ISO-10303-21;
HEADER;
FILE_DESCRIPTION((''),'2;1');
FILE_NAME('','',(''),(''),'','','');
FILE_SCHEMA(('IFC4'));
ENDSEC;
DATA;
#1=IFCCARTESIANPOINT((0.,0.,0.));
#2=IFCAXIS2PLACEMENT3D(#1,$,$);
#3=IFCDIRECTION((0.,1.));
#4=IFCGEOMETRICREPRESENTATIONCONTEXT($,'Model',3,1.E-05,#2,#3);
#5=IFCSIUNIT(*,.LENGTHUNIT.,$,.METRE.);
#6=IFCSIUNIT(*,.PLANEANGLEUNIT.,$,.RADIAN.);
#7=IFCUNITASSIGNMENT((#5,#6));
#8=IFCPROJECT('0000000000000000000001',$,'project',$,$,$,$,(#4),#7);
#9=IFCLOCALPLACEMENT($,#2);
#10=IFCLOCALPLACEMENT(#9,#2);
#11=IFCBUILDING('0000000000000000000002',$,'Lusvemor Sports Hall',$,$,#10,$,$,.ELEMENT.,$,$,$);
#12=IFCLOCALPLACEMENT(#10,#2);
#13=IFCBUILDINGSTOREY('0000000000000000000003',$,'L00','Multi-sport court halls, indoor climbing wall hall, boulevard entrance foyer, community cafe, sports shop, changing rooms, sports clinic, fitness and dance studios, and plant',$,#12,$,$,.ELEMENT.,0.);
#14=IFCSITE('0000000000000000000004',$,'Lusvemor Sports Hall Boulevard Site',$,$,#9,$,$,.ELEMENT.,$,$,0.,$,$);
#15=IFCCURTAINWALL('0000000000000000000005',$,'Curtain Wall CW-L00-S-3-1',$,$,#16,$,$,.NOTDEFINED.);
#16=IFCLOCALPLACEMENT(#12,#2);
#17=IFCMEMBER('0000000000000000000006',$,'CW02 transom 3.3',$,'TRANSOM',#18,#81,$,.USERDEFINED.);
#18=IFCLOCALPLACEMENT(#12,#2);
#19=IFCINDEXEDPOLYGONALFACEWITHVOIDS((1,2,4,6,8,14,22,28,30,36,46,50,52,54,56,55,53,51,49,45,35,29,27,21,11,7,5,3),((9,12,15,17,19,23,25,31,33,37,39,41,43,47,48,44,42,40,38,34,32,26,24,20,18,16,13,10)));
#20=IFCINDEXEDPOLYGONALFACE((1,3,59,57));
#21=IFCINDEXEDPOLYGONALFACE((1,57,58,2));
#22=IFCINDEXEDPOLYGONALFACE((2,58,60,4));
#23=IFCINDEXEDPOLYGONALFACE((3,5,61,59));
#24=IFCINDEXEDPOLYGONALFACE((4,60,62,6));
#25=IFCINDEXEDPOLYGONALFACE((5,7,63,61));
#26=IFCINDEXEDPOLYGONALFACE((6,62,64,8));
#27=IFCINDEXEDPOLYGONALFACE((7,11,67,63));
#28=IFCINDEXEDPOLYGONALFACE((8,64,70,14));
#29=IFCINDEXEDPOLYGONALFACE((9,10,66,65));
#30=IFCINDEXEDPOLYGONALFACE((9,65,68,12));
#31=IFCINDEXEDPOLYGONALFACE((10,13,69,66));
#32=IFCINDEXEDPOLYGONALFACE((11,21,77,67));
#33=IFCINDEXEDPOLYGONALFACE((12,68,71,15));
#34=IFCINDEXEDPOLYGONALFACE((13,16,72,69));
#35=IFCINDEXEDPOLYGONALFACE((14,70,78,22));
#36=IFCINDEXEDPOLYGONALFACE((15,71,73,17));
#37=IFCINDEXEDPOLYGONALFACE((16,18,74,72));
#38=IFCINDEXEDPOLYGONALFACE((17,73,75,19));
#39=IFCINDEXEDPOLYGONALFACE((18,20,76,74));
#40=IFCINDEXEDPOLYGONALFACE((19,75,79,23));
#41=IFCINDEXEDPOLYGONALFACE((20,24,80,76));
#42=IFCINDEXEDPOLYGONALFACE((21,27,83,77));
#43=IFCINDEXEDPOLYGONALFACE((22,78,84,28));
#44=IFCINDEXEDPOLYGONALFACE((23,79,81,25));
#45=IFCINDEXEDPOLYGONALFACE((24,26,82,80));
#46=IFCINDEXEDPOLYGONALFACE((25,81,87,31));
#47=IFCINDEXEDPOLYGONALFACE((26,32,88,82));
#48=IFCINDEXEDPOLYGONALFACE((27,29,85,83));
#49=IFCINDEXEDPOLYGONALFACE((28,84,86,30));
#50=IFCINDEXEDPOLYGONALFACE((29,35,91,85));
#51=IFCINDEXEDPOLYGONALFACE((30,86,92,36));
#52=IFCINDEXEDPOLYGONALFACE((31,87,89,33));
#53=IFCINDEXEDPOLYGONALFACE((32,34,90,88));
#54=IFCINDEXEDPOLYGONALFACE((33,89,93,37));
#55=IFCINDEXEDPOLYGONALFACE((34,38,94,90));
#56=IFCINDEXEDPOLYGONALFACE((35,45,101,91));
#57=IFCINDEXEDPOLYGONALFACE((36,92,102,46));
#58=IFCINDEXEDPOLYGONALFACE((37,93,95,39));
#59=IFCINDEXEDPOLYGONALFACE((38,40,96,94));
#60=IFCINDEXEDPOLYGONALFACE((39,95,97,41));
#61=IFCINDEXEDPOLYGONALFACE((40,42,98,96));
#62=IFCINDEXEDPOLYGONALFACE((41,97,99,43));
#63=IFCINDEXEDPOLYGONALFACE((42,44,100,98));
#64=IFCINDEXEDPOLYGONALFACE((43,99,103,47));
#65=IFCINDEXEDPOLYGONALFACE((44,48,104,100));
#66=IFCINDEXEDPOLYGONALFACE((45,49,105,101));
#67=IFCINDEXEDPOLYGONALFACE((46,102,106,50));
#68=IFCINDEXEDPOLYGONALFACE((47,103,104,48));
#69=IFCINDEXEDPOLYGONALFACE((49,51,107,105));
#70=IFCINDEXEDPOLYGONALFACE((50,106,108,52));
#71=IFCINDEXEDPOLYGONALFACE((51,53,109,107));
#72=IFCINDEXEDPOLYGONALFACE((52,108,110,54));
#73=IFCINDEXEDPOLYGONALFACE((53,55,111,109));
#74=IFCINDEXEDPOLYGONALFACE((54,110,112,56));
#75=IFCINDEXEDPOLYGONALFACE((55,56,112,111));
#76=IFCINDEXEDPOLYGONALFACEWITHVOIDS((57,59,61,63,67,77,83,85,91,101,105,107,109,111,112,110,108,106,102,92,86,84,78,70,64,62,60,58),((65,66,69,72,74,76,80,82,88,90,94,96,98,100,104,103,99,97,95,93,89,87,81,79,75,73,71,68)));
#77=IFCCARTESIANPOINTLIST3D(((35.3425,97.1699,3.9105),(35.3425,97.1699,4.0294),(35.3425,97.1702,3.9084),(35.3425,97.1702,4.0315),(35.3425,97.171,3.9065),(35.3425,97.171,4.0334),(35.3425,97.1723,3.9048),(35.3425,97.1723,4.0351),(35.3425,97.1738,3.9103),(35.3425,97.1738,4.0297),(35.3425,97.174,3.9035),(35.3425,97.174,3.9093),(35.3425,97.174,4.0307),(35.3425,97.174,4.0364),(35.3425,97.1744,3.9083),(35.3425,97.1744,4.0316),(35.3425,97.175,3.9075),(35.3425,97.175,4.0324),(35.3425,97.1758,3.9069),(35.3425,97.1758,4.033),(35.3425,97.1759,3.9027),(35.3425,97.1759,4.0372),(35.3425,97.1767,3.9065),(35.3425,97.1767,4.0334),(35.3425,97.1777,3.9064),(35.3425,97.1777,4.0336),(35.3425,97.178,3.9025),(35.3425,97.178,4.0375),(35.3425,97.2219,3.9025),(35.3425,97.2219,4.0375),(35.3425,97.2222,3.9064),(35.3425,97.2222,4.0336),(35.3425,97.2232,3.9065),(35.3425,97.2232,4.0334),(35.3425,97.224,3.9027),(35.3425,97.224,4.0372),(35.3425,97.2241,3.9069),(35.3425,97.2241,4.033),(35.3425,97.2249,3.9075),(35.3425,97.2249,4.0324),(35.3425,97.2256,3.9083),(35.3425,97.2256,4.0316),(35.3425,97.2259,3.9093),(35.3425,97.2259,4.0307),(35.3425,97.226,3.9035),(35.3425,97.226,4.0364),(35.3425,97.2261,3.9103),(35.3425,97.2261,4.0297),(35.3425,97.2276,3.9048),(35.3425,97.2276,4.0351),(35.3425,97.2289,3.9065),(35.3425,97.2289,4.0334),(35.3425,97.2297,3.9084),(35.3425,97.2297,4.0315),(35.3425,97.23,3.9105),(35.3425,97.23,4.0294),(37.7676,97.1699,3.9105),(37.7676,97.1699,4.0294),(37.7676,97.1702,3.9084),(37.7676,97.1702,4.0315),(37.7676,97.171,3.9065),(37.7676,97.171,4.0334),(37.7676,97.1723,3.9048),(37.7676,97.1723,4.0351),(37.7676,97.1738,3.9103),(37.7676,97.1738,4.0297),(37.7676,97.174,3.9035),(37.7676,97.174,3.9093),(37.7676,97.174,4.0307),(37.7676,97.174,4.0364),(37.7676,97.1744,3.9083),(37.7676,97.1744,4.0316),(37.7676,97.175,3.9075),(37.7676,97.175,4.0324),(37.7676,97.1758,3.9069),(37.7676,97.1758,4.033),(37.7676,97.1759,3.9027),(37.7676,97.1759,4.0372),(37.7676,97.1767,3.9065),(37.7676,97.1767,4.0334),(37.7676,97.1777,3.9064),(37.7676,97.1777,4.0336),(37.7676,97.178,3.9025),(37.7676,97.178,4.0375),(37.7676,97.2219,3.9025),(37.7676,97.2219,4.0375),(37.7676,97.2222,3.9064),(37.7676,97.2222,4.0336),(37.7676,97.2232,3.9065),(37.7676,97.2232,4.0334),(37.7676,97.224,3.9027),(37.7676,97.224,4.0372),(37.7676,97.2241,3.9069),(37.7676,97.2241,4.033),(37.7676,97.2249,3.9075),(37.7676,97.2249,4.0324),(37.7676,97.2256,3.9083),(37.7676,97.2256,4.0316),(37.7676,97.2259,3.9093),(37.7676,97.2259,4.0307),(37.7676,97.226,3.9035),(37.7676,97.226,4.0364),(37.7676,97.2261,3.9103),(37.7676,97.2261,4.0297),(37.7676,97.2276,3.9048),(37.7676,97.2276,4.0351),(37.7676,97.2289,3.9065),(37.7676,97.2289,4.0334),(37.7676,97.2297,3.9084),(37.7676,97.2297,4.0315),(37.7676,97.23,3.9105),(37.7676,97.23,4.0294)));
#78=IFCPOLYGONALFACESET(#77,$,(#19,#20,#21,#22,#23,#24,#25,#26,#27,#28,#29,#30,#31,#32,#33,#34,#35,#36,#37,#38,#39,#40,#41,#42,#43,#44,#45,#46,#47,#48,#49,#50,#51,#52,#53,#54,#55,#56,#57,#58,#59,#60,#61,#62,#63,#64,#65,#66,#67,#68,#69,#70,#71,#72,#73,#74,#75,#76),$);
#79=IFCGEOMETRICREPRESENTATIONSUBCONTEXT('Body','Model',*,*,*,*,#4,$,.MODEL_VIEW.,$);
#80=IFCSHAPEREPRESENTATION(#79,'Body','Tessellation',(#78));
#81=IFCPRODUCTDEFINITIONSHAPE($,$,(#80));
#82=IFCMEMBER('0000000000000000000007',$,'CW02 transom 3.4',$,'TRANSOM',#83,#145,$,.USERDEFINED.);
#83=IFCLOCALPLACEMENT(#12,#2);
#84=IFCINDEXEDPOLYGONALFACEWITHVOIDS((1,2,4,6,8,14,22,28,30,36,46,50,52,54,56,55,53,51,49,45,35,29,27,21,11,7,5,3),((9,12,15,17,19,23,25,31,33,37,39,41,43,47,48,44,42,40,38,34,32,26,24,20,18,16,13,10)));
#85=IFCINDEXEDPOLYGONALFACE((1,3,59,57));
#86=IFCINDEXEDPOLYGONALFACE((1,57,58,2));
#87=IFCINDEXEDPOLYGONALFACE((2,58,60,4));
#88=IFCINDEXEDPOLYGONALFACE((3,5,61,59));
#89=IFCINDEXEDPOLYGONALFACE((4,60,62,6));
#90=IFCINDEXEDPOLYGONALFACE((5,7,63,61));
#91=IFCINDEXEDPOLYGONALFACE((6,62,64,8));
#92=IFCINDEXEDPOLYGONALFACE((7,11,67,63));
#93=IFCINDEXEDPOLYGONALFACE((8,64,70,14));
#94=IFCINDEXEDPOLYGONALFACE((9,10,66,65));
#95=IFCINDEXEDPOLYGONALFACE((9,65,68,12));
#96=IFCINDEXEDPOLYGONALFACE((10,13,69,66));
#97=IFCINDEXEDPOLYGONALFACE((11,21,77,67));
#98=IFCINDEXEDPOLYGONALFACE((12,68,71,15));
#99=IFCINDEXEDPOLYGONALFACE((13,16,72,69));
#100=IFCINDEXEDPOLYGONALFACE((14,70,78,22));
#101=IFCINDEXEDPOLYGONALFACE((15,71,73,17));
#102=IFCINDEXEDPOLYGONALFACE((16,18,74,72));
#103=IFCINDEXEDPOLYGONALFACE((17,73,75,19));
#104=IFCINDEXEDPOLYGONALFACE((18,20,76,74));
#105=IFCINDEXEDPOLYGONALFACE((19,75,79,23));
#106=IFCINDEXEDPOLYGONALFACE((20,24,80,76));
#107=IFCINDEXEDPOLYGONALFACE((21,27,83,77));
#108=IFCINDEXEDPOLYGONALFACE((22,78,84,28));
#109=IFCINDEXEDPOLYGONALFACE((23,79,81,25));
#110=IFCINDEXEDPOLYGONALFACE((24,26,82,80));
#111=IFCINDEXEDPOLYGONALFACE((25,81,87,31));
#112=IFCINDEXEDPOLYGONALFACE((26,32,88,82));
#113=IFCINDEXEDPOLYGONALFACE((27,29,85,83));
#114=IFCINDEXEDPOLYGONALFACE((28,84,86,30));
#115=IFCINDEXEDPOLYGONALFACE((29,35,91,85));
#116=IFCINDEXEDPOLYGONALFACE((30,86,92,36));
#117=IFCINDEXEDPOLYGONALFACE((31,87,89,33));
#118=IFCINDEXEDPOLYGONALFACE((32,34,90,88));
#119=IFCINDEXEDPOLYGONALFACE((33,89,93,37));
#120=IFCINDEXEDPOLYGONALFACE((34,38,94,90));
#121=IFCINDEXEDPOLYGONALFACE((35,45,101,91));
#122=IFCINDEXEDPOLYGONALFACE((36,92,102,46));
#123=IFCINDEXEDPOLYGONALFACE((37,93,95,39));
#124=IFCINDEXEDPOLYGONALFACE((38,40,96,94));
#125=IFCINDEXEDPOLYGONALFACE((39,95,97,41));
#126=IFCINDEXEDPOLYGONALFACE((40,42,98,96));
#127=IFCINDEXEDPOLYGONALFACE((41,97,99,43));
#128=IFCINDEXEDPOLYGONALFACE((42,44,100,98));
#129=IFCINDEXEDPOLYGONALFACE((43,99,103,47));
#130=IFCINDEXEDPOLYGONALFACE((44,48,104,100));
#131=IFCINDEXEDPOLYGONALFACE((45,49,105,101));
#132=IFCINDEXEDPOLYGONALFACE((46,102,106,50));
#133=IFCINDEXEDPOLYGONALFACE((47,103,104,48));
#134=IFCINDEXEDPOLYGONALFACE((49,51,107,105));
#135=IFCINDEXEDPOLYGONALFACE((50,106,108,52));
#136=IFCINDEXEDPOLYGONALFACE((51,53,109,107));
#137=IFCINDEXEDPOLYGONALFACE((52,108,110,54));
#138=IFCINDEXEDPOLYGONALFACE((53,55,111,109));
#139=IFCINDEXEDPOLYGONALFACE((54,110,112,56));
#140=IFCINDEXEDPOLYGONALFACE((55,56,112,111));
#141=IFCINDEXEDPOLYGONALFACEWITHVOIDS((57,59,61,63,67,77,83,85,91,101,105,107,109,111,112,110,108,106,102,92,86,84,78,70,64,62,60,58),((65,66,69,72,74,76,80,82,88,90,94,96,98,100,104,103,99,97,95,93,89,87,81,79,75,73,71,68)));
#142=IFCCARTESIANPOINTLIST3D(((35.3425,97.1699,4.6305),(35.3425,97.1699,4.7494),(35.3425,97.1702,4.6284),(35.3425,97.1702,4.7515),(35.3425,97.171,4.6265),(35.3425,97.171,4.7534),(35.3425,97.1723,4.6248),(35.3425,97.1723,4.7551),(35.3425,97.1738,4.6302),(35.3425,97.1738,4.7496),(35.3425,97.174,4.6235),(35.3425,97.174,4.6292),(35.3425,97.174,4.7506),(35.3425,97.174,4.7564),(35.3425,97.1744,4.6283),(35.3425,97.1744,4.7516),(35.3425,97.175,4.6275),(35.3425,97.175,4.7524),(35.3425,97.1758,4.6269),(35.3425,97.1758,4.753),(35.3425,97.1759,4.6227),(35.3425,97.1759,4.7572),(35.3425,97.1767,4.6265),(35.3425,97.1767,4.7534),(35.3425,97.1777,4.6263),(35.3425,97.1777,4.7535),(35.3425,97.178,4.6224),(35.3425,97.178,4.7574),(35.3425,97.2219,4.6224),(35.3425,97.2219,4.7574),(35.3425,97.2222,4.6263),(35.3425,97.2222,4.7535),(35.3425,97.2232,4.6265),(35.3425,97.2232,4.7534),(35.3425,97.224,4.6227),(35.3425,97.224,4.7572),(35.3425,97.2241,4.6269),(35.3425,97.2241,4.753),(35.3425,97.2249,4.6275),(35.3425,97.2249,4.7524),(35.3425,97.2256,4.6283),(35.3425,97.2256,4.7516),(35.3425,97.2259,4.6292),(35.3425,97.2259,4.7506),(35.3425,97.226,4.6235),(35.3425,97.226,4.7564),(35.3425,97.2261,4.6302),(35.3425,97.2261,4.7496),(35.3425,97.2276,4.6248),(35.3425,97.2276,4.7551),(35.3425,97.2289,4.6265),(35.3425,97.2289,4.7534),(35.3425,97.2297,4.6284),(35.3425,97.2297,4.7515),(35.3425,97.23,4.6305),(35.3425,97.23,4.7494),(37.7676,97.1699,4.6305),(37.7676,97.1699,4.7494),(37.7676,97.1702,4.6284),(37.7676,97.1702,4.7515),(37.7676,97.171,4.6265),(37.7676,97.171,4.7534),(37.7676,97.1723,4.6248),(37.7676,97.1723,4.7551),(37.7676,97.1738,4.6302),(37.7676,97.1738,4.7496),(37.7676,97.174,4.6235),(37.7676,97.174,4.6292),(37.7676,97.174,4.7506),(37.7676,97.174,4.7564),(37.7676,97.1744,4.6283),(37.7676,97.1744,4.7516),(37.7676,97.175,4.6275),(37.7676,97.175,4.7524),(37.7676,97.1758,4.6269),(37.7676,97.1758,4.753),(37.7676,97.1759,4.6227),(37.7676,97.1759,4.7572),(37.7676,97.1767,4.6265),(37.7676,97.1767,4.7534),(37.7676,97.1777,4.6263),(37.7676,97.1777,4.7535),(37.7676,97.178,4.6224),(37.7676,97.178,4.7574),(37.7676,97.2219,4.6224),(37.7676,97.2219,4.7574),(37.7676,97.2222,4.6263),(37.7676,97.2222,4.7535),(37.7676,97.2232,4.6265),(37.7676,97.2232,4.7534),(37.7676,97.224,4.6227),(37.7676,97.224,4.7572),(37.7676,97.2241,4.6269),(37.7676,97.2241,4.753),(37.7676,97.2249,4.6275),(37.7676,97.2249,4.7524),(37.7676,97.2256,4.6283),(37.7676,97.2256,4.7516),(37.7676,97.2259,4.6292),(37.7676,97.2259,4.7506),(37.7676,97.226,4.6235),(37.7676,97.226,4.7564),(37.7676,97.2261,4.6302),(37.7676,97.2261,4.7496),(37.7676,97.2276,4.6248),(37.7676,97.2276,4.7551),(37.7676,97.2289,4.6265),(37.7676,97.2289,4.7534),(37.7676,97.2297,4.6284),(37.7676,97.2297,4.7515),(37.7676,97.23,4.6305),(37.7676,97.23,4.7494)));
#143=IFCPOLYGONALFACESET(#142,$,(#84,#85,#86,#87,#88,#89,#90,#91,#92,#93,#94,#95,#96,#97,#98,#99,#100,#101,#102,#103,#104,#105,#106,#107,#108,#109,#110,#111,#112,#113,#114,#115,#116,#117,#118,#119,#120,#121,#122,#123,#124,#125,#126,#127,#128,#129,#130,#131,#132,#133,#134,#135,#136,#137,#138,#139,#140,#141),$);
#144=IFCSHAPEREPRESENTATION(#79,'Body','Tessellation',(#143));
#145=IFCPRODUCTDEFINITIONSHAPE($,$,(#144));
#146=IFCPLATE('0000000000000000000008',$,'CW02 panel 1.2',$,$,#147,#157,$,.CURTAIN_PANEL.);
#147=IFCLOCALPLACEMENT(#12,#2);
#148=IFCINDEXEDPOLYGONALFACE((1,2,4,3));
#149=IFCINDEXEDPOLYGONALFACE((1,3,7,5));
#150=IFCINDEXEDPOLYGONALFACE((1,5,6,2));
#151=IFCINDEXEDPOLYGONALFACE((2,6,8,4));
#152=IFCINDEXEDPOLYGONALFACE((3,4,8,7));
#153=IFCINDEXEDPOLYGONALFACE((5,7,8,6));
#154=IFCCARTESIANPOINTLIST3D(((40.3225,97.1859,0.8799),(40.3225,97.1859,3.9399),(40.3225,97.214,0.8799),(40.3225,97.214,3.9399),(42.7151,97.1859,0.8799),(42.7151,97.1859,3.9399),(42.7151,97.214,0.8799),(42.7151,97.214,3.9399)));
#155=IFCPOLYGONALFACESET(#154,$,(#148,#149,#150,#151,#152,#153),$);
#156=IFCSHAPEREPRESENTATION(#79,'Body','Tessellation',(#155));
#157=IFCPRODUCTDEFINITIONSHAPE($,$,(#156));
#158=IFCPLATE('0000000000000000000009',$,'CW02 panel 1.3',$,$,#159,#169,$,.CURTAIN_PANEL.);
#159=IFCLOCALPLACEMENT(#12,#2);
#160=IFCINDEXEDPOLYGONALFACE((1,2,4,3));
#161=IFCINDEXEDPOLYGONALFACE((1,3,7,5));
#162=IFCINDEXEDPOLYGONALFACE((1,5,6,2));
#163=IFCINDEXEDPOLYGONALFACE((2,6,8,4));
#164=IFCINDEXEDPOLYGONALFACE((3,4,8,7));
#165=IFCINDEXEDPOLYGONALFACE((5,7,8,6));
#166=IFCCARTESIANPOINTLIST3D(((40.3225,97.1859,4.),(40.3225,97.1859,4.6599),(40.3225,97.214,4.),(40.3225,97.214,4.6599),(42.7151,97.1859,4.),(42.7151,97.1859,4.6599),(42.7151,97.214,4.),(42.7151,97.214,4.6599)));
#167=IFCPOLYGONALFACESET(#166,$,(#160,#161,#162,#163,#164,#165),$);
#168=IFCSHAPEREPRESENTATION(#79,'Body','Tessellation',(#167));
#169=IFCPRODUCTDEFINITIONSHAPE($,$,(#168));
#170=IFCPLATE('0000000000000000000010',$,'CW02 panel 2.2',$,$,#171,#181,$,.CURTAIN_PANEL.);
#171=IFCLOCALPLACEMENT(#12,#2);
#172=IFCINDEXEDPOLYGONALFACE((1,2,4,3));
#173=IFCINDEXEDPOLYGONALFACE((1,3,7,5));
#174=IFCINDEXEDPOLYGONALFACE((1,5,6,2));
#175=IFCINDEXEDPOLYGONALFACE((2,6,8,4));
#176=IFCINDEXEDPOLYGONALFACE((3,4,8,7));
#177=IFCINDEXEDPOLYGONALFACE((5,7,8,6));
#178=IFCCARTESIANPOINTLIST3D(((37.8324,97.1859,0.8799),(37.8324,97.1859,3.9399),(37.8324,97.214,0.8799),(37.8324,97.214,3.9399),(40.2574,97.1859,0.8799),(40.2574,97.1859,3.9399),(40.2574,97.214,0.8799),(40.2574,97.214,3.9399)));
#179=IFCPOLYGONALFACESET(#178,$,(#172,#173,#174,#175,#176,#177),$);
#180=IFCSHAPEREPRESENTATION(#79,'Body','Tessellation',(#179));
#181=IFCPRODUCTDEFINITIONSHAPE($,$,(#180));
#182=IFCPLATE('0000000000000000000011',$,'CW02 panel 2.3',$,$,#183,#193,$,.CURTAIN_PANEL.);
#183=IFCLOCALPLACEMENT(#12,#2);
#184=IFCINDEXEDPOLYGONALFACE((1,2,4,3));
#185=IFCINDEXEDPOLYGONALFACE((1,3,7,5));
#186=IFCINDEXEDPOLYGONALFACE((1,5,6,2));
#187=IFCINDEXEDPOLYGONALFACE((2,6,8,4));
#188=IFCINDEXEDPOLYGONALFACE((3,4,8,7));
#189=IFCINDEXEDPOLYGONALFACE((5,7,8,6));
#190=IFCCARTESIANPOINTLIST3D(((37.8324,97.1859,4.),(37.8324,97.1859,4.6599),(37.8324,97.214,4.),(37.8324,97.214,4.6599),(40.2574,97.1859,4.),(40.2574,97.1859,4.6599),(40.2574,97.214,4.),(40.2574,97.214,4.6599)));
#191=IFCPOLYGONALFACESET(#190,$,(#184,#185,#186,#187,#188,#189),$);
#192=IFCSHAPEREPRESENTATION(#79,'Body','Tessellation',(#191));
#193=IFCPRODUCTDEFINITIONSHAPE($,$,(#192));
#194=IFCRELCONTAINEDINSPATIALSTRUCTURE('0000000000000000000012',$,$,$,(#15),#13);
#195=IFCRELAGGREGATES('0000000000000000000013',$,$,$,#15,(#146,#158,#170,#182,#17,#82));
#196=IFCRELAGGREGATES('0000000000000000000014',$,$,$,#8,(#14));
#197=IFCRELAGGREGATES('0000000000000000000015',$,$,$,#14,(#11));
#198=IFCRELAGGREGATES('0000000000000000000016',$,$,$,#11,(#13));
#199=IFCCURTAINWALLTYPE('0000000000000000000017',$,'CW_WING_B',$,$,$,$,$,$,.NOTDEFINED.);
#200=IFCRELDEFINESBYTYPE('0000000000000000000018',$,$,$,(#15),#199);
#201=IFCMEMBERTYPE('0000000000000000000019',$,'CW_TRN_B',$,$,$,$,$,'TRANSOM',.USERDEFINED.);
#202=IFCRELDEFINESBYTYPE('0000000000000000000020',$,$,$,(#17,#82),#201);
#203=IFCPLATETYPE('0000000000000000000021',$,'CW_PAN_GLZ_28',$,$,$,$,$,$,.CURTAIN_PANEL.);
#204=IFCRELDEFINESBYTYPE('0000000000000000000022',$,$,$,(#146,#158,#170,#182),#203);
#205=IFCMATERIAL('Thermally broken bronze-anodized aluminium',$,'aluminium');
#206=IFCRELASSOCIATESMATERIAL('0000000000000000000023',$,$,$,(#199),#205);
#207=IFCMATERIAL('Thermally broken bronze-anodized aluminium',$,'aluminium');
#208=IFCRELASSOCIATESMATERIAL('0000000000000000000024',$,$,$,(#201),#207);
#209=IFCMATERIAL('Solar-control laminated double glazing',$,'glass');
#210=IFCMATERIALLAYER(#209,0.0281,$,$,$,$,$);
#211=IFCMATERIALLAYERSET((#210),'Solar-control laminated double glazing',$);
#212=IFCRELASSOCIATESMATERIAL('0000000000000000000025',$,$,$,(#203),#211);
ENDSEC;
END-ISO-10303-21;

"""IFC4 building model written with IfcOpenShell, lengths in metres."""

from ifc_helpers import new_model, si_unit, direction, frame, origin, origin_2d, place, context, subcontext, project, spatial, rectangle, hollow_rectangle, extrude, material, layer, layer_set, material_profile, profile_set, type_object, element, aggregate, save


model = new_model("IFC4")

# Units and contexts
model_context = context("Model", 3, precision=1e-05, world=origin(), true_north=direction((0.0, 1.0)))
body_context = subcontext(model_context, "Body", "Model", "MODEL_VIEW")
ifc_project = project(units=[si_unit("LENGTHUNIT", "METRE"), si_unit("PLANEANGLEUNIT", "RADIAN")], contexts=[model_context])

# Site, building, storey
site_placement = place(None, origin())
site = spatial("IfcSite", under=ifc_project, at=site_placement, Name="Lusvemor Sports Hall Boulevard Site", CompositionType="ELEMENT", RefElevation=0.0)
building_placement = place(site_placement, origin())
building = spatial("IfcBuilding", under=site, at=building_placement, Name="Lusvemor Sports Hall", CompositionType="ELEMENT")
storey_placement = place(building_placement, origin())
storey = spatial("IfcBuildingStorey", under=building, at=storey_placement, Name="L00", Description="Multi-sport court halls, indoor climbing wall hall, boulevard entrance foyer, community cafe, sports shop, changing rooms, sports clinic, fitness and dance studios, and plant", CompositionType="ELEMENT", Elevation=0.0)

# Curtain wall
ifc_material_1 = material(Name="Thermally broken bronze-anodized aluminium", Category="aluminium")
curtain_wall_type = type_object("IfcCurtainWallType", Name="CW_WING_B", PredefinedType="NOTDEFINED", material=ifc_material_1)
curtain_wall_1_placement = place(storey_placement, origin())
curtain_wall_1 = element("IfcCurtainWall", 1, at=curtain_wall_1_placement, inside=storey, type_object=curtain_wall_type, Name="Curtain Wall CW-L00-S-3-1", PredefinedType="NOTDEFINED")

# Members
ifc_material_2 = material(Name="Thermally broken bronze-anodized aluminium", Category="aluminium")
ifc_material_profile_1 = material_profile(ifc_material_2, hollow_rectangle(XDim=0.0601, YDim=0.135, WallThickness=0.0039, InnerFilletRadius=0.0039, OuterFilletRadius=0.0081, at=origin_2d()), Name="CWTRN135x60x4")
ifc_profile_set_1 = profile_set([ifc_material_profile_1], Name="Thermally broken bronze-anodized aluminium")
member_type_1 = type_object("IfcMemberType", Name="CW_TRN_B", ElementType="TRANSOM", PredefinedType="USERDEFINED", material=ifc_profile_set_1)
member_1_placement = place(storey_placement, frame((37.7676, 97.2, 3.97), z_axis=(-1.0, 0.0, 0.0), x_axis=(0.0, -1.0, 0.0)))
member_1 = element("IfcMember", 2, at=member_1_placement, type_object=member_type_1, Name="CW02 transom 3.3", ObjectType="TRANSOM", PredefinedType="USERDEFINED", context=body_context, shape_type="SweptSolid", body=[
    extrude(hollow_rectangle(XDim=0.0601, YDim=0.135, WallThickness=0.0039, InnerFilletRadius=0.0039, OuterFilletRadius=0.0081, at=origin_2d()), origin(), (0.0, 0.0, 1.0), 2.425),
])
member_2_placement = place(storey_placement, frame((37.7676, 97.2, 4.6899), z_axis=(-1.0, 0.0, 0.0), x_axis=(0.0, -1.0, 0.0)))
member_2 = element("IfcMember", 3, at=member_2_placement, type_object=member_type_1, Name="CW02 transom 3.4", ObjectType="TRANSOM", PredefinedType="USERDEFINED", context=body_context, shape_type="SweptSolid", body=[
    extrude(hollow_rectangle(XDim=0.0601, YDim=0.135, WallThickness=0.0039, InnerFilletRadius=0.0039, OuterFilletRadius=0.0081, at=origin_2d()), origin(), (0.0, 0.0, 1.0), 2.425),
])

# Plates
ifc_material_3 = material(Name="Solar-control laminated double glazing", Category="glass")
ifc_layer_1 = layer(ifc_material_3, 0.0281)
ifc_layer_set_1 = layer_set([ifc_layer_1], Name="Solar-control laminated double glazing")
plate_type_1 = type_object("IfcPlateType", Name="CW_PAN_GLZ_28", PredefinedType="CURTAIN_PANEL", material=ifc_layer_set_1)
plate_1_placement = place(storey_placement, frame((41.5188, 97.2, 0.8799), z_axis=(0.0, 0.0, 1.0), x_axis=(-1.0, 0.0, 0.0)))
plate_1 = element("IfcPlate", 4, at=plate_1_placement, type_object=plate_type_1, Name="CW02 panel 1.2", PredefinedType="CURTAIN_PANEL", context=body_context, shape_type="SweptSolid", body=[
    extrude(rectangle(XDim=2.3926, YDim=0.0281, at=origin_2d()), origin(), (0.0, 0.0, 1.0), 3.0601),
])
plate_2_placement = place(storey_placement, frame((41.5188, 97.2, 4.0), z_axis=(0.0, 0.0, 1.0), x_axis=(-1.0, 0.0, 0.0)))
plate_2 = element("IfcPlate", 5, at=plate_2_placement, type_object=plate_type_1, Name="CW02 panel 1.3", PredefinedType="CURTAIN_PANEL", context=body_context, shape_type="SweptSolid", body=[
    extrude(rectangle(XDim=2.3926, YDim=0.0281, at=origin_2d()), origin(), (0.0, 0.0, 1.0), 0.6599),
])
plate_3_placement = place(storey_placement, frame((39.0449, 97.2, 0.8799), z_axis=(0.0, 0.0, 1.0), x_axis=(-1.0, 0.0, 0.0)))
plate_3 = element("IfcPlate", 6, at=plate_3_placement, type_object=plate_type_1, Name="CW02 panel 2.2", PredefinedType="CURTAIN_PANEL", context=body_context, shape_type="SweptSolid", body=[
    extrude(rectangle(XDim=2.425, YDim=0.0281, at=origin_2d()), origin(), (0.0, 0.0, 1.0), 3.0601),
])
plate_4_placement = place(storey_placement, frame((39.0449, 97.2, 4.0), z_axis=(0.0, 0.0, 1.0), x_axis=(-1.0, 0.0, 0.0)))
plate_4 = element("IfcPlate", 7, at=plate_4_placement, type_object=plate_type_1, Name="CW02 panel 2.3", PredefinedType="CURTAIN_PANEL", context=body_context, shape_type="SweptSolid", body=[
    extrude(rectangle(XDim=2.425, YDim=0.0281, at=origin_2d()), origin(), (0.0, 0.0, 1.0), 0.6599),
])
aggregate(curtain_wall_1, [plate_1, plate_2, plate_3, plate_4, member_1, member_2])

save(model, "model.ifc")
